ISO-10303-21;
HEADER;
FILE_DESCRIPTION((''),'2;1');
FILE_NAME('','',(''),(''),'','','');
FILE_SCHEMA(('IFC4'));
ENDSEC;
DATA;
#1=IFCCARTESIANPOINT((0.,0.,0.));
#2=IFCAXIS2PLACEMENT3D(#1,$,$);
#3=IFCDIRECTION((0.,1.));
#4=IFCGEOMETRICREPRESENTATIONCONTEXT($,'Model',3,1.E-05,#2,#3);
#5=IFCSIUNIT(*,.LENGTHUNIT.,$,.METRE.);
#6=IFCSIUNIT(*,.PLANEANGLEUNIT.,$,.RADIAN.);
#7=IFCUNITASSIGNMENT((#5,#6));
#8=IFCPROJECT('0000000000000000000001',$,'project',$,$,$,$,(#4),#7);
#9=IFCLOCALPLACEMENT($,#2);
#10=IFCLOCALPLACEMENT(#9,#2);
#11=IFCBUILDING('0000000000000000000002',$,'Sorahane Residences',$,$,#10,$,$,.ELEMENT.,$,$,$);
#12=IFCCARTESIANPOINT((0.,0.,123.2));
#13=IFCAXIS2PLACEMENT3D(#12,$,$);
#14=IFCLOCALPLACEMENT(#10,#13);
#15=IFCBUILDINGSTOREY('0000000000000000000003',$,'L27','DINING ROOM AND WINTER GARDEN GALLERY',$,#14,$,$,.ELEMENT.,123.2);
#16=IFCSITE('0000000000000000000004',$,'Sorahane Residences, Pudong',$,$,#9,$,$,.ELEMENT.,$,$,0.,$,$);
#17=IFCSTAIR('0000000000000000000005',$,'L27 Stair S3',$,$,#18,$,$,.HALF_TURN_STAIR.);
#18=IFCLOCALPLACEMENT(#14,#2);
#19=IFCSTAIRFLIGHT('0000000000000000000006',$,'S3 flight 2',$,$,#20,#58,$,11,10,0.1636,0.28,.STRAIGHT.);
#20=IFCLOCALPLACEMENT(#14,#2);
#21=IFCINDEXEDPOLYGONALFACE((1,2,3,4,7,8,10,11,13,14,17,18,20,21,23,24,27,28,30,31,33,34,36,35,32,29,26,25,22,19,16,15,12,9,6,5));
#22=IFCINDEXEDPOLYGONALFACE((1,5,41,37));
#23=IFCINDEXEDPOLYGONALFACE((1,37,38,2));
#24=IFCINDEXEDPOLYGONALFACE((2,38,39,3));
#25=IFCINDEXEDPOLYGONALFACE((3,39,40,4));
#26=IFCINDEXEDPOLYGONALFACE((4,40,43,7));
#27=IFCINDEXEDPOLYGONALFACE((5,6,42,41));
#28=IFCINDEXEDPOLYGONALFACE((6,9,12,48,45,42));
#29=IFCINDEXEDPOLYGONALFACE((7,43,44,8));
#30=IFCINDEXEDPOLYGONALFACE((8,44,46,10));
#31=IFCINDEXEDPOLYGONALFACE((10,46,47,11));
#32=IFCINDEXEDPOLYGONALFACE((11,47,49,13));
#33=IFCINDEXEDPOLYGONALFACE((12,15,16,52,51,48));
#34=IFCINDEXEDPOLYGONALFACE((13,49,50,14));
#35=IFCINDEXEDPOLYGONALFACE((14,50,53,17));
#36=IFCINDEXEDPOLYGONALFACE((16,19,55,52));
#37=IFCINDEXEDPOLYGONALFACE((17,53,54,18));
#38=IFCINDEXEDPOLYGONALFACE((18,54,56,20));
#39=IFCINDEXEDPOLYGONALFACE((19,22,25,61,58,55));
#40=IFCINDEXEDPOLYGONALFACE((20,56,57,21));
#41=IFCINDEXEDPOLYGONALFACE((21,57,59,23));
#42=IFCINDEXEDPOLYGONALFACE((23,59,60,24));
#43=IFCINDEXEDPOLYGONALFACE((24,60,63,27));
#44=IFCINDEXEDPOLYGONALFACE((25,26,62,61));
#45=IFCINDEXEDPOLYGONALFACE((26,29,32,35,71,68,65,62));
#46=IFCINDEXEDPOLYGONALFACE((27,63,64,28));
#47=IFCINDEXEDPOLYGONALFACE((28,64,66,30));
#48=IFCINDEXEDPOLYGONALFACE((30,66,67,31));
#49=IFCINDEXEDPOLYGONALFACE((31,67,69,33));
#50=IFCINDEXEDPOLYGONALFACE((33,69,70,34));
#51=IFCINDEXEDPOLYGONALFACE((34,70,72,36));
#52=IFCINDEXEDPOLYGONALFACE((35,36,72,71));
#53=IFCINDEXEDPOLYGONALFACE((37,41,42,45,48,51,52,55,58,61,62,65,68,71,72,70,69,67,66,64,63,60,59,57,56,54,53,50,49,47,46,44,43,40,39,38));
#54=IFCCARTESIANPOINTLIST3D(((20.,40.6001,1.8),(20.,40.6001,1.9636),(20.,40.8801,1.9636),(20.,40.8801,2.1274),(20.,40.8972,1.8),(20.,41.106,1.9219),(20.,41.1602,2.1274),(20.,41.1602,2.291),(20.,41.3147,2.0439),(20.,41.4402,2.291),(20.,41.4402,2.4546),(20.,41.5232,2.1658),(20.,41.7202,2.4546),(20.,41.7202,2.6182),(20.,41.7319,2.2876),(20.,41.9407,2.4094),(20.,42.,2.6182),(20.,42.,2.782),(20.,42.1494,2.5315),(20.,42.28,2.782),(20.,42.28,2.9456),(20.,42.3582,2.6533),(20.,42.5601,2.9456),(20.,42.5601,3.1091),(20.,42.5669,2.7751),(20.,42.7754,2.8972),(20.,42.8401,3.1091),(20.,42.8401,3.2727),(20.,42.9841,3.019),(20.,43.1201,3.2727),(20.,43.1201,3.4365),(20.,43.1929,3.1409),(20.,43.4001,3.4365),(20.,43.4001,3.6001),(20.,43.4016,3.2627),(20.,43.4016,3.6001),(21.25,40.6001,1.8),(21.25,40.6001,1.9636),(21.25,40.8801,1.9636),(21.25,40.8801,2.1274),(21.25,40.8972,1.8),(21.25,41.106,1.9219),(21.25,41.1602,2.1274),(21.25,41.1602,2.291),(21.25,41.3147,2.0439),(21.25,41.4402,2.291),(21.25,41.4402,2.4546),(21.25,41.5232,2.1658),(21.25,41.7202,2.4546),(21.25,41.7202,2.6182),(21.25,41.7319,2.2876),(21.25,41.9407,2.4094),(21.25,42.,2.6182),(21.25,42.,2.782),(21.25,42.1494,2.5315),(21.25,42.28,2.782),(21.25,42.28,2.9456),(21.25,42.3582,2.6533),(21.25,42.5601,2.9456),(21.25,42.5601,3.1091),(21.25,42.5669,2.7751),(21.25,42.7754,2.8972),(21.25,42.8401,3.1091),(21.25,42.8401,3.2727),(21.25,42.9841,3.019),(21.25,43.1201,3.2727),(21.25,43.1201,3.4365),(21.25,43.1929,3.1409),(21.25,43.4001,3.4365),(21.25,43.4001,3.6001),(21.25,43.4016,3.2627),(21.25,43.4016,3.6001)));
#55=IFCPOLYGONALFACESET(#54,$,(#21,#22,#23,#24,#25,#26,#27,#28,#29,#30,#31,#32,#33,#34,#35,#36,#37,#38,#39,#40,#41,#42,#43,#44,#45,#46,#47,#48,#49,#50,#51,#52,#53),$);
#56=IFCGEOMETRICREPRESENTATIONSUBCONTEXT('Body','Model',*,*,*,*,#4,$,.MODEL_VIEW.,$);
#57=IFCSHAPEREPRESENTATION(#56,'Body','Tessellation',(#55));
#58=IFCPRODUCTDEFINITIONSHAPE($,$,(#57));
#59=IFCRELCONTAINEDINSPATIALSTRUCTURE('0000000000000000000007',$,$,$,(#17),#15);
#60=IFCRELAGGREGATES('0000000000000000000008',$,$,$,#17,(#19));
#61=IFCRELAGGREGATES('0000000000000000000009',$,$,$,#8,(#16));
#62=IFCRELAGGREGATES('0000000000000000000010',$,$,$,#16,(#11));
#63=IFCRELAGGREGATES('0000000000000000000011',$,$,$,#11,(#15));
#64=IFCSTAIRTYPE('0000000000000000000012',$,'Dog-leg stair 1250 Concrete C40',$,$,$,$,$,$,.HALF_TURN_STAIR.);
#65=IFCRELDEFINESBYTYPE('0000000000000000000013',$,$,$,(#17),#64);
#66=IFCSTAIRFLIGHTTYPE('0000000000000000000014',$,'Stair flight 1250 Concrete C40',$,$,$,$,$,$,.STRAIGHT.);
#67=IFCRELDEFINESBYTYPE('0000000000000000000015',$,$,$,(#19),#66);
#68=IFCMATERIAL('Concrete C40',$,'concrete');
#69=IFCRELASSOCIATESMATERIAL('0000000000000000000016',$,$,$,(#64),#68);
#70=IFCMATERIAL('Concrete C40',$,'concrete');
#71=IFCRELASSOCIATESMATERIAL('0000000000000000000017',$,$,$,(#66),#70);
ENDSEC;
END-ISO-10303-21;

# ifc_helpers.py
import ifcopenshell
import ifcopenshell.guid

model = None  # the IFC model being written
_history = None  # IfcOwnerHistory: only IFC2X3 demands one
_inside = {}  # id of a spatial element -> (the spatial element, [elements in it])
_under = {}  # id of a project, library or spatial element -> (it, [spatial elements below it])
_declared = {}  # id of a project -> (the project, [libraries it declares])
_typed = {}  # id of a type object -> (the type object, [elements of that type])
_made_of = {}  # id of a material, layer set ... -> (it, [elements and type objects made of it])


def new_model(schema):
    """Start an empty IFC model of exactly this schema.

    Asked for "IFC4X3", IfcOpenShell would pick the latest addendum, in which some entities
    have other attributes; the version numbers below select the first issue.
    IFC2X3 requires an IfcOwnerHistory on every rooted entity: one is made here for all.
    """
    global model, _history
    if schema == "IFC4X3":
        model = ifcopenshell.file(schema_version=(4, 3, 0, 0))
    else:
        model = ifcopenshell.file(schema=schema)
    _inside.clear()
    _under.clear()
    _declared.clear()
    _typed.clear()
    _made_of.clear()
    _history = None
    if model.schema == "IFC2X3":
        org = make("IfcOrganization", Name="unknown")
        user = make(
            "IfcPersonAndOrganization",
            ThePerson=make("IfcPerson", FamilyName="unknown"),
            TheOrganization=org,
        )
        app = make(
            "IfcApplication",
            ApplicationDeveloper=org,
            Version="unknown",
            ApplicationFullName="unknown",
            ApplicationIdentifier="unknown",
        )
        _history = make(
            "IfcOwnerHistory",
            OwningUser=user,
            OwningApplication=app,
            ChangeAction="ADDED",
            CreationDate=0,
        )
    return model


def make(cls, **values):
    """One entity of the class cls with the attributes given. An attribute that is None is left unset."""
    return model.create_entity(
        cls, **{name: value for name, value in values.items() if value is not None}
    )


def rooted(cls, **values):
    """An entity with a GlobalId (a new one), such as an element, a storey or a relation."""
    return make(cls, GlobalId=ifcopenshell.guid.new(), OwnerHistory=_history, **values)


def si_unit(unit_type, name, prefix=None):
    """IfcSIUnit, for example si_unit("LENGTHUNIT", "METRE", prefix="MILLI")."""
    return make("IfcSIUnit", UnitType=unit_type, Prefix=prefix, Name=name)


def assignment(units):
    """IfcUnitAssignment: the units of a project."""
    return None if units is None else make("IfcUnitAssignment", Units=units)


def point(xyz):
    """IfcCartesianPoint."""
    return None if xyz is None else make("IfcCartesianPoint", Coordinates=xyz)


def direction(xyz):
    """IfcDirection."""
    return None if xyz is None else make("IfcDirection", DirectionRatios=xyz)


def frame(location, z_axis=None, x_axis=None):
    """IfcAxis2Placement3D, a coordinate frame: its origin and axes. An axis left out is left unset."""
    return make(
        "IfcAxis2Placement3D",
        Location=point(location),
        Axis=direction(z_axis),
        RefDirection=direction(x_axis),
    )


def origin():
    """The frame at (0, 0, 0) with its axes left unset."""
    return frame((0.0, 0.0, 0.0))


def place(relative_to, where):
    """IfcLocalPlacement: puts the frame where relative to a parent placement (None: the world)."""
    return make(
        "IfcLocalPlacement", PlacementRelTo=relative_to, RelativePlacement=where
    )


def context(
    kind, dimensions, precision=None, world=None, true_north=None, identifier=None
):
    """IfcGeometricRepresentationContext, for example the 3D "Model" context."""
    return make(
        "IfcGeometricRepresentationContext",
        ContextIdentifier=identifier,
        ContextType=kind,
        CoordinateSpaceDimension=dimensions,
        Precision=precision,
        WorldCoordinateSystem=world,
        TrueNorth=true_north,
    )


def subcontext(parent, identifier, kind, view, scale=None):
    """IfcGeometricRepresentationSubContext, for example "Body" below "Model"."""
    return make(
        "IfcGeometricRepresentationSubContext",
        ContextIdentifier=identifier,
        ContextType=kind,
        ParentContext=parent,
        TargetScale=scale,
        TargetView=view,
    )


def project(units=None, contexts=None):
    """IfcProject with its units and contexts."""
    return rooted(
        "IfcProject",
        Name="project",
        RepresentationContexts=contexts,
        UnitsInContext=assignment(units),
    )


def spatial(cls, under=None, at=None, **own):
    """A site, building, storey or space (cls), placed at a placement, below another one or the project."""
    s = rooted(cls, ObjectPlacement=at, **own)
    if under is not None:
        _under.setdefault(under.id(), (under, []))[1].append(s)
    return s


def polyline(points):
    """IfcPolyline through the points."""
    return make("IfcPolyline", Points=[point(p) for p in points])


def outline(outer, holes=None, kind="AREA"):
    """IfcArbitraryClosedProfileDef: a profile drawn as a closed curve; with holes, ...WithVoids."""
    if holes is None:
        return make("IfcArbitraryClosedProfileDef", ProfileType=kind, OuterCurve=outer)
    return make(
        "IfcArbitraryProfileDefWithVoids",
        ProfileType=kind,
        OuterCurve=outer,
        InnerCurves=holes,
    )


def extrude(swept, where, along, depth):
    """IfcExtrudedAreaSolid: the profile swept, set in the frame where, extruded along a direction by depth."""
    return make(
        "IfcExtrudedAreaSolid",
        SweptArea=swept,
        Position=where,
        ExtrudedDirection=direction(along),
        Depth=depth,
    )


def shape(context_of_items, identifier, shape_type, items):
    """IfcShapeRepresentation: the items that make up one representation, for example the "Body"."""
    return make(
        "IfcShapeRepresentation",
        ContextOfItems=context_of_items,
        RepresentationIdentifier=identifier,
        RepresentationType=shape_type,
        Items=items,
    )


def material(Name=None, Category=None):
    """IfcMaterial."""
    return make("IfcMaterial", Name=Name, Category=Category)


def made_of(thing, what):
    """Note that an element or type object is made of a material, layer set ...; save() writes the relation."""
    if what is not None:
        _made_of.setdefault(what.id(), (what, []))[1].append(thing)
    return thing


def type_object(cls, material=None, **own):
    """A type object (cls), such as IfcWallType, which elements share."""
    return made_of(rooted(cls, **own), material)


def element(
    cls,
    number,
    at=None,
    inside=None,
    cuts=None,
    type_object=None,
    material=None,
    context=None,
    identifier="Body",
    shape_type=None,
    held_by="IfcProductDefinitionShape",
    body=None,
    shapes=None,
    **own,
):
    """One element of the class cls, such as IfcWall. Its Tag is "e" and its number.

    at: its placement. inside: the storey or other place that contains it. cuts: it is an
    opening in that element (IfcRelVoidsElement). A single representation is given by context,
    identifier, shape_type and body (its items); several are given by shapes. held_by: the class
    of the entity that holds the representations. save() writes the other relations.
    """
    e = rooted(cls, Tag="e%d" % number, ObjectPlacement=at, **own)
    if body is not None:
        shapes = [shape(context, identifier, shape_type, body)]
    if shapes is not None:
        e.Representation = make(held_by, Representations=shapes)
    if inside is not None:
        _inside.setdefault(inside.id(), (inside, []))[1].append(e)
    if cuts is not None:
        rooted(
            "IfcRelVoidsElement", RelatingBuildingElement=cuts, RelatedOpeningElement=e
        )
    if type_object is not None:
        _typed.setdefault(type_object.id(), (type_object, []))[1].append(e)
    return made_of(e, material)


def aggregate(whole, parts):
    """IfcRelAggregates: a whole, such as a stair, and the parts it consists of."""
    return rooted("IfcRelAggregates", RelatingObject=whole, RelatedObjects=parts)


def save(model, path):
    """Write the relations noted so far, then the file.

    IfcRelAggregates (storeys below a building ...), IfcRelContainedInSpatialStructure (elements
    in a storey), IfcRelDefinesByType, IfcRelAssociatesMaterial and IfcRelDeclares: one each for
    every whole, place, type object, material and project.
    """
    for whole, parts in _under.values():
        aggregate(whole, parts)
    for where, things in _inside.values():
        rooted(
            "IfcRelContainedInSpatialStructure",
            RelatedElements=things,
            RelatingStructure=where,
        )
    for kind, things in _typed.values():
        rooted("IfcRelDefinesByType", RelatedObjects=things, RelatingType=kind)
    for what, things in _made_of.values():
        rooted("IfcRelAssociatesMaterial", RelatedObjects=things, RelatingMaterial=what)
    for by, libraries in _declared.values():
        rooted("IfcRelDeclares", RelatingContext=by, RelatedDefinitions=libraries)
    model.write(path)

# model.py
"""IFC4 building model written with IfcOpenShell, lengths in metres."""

from ifc_helpers import new_model, si_unit, direction, frame, origin, place, context, subcontext, project, spatial, polyline, outline, extrude, material, type_object, element, aggregate, save


model = new_model("IFC4")

# Units and contexts
model_context = context("Model", 3, precision=1e-05, world=origin(), true_north=direction((0.0, 1.0)))
body_context = subcontext(model_context, "Body", "Model", "MODEL_VIEW")
ifc_project = project(units=[si_unit("LENGTHUNIT", "METRE"), si_unit("PLANEANGLEUNIT", "RADIAN")], contexts=[model_context])

# Site, building, storey
site_placement = place(None, origin())
site = spatial("IfcSite", under=ifc_project, at=site_placement, Name="Sorahane Residences, Pudong", CompositionType="ELEMENT", RefElevation=0.0)
building_placement = place(site_placement, origin())
building = spatial("IfcBuilding", under=site, at=building_placement, Name="Sorahane Residences", CompositionType="ELEMENT")
storey_placement = place(building_placement, frame((0.0, 0.0, 123.2)))
storey = spatial("IfcBuildingStorey", under=building, at=storey_placement, Name="L27", Description="DINING ROOM AND WINTER GARDEN GALLERY", CompositionType="ELEMENT", Elevation=123.2)

# Stair, stair flight
ifc_material_1 = material(Name="Concrete C40", Category="concrete")
stair_type = type_object("IfcStairType", Name="Dog-leg stair 1250 Concrete C40", PredefinedType="HALF_TURN_STAIR", material=ifc_material_1)
stair_placement = place(storey_placement, origin())
stair = element("IfcStair", 1, at=stair_placement, inside=storey, type_object=stair_type, Name="L27 Stair S3", PredefinedType="HALF_TURN_STAIR")
ifc_material_2 = material(Name="Concrete C40", Category="concrete")
stair_flight_type = type_object("IfcStairFlightType", Name="Stair flight 1250 Concrete C40", PredefinedType="STRAIGHT", material=ifc_material_2)
stair_flight_placement = place(storey_placement, frame((20.625, 40.6001, 1.8), z_axis=(0.0, 0.0, 1.0), x_axis=(0.0, 1.0, 0.0)))
stair_flight = element("IfcStairFlight", 2, at=stair_flight_placement, type_object=stair_flight_type, Name="S3 flight 2", NumberOfRisers=11, NumberOfTreads=10, PredefinedType="STRAIGHT", RiserHeight=0.1636, TreadLength=0.28, context=body_context, shape_type="SweptSolid", body=[
    extrude(outline(polyline([(0.0, 0.0), (0.0, 0.1636), (0.28, 0.1636), (0.28, 0.3274), (0.5601, 0.3274), (0.5601, 0.491), (0.8401, 0.491), (0.8401, 0.6545), (1.1201, 0.6545), (1.1201, 0.8181), (1.3999, 0.8181), (1.3999, 0.9819), (1.6799, 0.9819), (1.6799, 1.1455), (1.96, 1.1455), (1.96, 1.3091), (2.24, 1.3091), (2.24, 1.4727), (2.52, 1.4727), (2.52, 1.6365), (2.8, 1.6365), (2.8, 1.8), (2.8015, 1.8), (2.8015, 1.4626), (2.5928, 1.3408), (2.384, 1.219), (2.1753, 1.0972), (1.9668, 0.9751), (1.7581, 0.8533), (1.5493, 0.7314), (1.3406, 0.6094), (1.1318, 0.4875), (0.9231, 0.3657), (0.7146, 0.2439), (0.5059, 0.1218), (0.2971, 0.0), (0.0, 0.0)])), frame((0.0, 0.625, 0.0), z_axis=(0.0, -1.0, 0.0), x_axis=(1.0, 0.0, 0.0)), (0.0, 0.0, 1.0), 1.25),
])
aggregate(stair, [stair_flight])

save(model, "model.ifc")
